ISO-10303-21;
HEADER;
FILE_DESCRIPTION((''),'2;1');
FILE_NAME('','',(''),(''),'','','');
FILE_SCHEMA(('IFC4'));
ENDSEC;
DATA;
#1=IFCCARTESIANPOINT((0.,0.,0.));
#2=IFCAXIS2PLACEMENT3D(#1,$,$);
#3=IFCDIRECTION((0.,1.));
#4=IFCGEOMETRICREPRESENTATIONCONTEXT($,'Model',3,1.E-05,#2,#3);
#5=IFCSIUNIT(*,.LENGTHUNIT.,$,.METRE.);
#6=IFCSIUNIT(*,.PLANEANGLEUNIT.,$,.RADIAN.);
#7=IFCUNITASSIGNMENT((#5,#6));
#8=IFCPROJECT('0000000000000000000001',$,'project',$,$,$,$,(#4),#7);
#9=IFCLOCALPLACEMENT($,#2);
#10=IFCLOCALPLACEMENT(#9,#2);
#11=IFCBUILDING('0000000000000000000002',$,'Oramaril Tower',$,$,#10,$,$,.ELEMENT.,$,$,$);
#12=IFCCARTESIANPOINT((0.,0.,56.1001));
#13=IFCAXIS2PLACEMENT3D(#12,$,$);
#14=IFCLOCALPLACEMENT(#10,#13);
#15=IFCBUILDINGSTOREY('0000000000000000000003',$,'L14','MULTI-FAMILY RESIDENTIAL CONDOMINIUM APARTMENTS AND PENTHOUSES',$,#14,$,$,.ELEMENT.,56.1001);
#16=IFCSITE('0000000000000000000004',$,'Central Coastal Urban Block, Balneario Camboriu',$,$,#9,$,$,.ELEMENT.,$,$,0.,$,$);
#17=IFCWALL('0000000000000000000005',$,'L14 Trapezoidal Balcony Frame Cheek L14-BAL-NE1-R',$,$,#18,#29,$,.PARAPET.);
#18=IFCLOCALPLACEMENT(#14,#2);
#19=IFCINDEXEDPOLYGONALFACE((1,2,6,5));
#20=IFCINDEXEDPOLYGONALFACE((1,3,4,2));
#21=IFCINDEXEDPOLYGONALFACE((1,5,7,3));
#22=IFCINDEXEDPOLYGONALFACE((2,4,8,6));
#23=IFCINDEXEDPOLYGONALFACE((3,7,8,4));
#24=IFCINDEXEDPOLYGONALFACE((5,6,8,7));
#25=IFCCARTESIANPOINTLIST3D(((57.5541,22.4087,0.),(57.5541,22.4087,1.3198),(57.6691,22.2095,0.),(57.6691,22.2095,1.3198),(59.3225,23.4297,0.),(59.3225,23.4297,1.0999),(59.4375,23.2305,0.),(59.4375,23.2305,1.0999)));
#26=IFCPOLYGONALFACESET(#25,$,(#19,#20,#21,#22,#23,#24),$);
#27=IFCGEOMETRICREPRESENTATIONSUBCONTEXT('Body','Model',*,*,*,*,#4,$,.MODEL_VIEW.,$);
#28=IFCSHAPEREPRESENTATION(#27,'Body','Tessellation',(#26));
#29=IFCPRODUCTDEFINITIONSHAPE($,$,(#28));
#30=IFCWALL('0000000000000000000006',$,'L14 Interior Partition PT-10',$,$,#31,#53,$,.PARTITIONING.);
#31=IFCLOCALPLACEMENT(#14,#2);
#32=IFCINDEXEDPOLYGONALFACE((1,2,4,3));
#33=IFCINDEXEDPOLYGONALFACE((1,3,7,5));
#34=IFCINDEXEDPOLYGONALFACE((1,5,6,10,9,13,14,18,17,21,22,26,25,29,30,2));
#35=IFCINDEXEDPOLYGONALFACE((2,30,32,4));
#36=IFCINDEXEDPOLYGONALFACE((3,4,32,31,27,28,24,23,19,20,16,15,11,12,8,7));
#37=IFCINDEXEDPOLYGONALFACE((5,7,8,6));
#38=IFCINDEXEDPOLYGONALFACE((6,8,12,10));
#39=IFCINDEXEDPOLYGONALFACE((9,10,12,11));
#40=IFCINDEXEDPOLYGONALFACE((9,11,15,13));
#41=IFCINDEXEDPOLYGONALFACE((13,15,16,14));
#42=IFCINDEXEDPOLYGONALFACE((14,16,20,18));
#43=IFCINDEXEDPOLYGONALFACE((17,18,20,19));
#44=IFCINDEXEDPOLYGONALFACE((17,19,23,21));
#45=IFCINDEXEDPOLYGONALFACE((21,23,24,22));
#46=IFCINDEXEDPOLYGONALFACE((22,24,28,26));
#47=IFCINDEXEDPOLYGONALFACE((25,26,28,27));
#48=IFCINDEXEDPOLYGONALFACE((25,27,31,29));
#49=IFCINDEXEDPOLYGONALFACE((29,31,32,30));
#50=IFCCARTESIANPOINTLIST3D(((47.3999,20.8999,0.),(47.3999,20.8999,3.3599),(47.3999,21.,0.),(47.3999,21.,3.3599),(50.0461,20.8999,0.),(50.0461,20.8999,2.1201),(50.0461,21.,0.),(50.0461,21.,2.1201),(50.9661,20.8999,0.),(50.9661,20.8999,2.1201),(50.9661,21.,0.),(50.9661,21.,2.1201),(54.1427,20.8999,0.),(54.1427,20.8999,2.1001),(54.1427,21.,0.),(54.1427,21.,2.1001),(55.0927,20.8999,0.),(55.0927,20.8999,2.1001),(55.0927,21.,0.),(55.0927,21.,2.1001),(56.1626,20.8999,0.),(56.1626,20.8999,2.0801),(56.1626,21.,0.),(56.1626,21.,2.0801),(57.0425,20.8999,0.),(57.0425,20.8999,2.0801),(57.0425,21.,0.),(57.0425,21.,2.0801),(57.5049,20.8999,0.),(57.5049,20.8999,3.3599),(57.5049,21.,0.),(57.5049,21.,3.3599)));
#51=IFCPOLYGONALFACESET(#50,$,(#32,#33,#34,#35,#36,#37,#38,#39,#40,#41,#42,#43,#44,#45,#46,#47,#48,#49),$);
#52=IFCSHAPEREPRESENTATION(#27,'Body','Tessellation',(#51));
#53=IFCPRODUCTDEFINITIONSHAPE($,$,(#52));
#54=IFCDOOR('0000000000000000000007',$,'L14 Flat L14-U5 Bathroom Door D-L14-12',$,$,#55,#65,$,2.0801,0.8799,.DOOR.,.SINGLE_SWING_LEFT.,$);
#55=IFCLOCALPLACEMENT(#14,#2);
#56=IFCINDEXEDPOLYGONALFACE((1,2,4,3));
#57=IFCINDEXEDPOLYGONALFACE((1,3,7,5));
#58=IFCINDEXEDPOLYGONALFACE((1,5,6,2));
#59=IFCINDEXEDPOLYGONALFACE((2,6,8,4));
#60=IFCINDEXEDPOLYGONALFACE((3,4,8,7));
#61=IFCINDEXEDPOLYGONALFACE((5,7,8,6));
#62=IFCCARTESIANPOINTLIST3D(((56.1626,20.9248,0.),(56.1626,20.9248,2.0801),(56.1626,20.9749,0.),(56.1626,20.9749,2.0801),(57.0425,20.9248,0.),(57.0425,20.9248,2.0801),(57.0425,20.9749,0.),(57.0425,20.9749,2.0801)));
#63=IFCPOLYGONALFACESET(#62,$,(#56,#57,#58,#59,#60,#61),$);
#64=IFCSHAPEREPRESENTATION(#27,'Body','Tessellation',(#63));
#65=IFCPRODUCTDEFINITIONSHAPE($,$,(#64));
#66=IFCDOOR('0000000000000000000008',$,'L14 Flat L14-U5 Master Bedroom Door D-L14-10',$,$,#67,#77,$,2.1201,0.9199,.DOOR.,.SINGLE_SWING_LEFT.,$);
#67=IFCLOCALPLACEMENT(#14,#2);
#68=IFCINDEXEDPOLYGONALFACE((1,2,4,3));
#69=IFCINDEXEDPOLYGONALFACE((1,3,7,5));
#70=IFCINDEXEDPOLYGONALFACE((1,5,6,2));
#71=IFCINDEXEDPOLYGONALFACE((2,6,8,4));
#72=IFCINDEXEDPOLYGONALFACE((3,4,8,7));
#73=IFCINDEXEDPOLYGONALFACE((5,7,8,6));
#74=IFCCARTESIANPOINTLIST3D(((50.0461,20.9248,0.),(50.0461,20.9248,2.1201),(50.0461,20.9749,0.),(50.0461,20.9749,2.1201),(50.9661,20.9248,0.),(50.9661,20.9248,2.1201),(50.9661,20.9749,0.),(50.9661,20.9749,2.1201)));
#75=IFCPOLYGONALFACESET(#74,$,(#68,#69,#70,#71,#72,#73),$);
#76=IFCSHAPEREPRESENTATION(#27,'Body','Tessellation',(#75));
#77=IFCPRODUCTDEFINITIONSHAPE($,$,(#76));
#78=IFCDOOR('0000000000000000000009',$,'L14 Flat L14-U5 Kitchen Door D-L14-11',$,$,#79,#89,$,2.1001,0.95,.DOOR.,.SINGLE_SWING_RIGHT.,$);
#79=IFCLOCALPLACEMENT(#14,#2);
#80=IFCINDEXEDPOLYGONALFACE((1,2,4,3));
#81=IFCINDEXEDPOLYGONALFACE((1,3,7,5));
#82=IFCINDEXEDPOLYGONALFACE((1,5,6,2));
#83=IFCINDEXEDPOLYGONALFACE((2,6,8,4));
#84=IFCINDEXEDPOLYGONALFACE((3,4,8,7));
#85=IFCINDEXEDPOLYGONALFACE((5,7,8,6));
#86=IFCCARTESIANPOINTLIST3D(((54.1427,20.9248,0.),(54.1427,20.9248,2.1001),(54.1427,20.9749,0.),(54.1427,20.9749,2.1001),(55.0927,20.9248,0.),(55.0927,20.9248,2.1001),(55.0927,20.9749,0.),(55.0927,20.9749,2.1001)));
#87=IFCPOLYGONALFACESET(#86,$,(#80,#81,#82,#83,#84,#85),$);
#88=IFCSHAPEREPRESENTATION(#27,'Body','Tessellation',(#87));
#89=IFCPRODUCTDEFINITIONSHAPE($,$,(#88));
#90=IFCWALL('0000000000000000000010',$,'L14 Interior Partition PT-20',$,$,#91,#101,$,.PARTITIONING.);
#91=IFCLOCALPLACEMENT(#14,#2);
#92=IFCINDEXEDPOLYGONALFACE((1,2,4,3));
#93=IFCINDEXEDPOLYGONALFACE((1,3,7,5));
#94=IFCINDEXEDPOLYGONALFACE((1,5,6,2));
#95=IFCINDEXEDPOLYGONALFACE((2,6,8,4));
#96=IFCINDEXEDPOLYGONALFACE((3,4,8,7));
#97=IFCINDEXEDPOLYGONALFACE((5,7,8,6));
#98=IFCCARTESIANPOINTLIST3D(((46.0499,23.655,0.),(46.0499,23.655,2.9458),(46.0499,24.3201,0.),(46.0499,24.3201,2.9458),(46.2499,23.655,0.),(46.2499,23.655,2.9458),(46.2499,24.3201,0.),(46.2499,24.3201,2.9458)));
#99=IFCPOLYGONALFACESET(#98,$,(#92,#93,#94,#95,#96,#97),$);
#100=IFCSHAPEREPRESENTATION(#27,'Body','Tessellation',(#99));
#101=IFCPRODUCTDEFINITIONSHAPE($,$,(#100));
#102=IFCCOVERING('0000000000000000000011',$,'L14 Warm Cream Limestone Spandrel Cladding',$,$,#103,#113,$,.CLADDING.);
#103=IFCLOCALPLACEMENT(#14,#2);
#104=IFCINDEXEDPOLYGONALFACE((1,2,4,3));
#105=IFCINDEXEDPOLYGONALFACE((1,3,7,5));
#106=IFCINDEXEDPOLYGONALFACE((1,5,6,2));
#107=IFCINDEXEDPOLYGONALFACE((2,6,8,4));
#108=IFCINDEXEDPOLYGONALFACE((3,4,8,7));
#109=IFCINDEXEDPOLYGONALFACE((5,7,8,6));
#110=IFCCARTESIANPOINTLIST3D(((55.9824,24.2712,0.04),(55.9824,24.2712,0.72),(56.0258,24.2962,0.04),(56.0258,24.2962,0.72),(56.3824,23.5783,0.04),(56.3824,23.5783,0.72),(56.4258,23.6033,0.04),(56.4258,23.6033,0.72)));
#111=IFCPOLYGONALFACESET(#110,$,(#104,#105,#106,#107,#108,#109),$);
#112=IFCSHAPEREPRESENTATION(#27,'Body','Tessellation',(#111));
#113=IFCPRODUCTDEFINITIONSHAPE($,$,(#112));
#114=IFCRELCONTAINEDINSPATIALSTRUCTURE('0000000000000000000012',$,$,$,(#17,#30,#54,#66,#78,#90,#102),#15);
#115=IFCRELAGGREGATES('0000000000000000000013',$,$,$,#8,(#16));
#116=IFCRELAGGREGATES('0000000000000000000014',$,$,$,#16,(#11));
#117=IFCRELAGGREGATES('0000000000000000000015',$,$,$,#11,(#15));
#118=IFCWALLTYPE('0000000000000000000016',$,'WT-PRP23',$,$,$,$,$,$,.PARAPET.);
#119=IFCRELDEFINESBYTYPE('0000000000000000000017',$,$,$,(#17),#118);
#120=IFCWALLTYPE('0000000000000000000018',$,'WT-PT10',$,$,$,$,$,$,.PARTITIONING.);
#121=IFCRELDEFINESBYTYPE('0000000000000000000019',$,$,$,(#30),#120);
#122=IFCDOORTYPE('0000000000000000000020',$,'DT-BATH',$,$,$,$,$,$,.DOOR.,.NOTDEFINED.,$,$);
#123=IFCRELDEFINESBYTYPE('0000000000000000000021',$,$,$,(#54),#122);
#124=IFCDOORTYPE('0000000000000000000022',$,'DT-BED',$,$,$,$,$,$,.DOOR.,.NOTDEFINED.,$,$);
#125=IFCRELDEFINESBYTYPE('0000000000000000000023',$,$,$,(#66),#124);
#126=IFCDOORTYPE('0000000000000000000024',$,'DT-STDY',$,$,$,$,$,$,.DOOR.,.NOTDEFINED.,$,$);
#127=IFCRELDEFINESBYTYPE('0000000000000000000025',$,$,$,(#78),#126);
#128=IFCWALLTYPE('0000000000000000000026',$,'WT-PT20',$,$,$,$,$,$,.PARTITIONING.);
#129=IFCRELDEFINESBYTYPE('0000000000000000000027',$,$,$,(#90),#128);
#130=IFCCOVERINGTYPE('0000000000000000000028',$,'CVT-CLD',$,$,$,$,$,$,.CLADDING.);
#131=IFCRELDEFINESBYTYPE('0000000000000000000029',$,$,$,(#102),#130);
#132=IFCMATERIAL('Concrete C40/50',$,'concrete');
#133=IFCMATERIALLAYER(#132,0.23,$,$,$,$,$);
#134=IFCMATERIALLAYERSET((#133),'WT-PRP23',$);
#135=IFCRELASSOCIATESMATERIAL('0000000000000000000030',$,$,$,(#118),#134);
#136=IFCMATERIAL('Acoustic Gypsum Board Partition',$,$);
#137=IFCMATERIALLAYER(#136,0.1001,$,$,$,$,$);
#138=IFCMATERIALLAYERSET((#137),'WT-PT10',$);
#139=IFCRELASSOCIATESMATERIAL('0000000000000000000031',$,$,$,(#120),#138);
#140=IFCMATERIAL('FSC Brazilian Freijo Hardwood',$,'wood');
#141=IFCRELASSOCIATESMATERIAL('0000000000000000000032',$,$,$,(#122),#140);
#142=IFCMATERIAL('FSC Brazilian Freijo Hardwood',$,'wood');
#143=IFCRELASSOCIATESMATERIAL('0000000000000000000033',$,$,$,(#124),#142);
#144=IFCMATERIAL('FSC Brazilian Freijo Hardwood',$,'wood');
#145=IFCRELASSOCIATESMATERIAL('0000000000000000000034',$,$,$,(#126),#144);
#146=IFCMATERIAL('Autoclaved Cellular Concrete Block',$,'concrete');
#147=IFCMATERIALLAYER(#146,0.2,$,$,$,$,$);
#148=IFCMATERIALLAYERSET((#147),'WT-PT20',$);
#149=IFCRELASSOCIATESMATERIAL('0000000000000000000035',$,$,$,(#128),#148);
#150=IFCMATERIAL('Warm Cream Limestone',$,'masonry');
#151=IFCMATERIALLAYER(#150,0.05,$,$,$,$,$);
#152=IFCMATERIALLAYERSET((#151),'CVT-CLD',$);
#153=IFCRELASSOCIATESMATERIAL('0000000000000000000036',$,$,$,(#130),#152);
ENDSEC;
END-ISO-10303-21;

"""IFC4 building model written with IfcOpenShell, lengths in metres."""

from ifc_helpers import new_model, si_unit, direction, frame, frame_2d, origin, origin_2d, place, context, subcontext, project, spatial, polyline, rectangle, outline, extrude, material, layer, layer_set, type_object, element, fill, save


model = new_model("IFC4")

# Units and contexts
model_context = context("Model", 3, precision=1e-05, world=origin(), true_north=direction((0.0, 1.0)))
body_context = subcontext(model_context, "Body", "Model", "MODEL_VIEW")
ifc_project = project(units=[si_unit("LENGTHUNIT", "METRE"), si_unit("PLANEANGLEUNIT", "RADIAN")], contexts=[model_context])

# Site, building, storey
site_placement = place(None, origin())
site = spatial("IfcSite", under=ifc_project, at=site_placement, Name="Central Coastal Urban Block, Balneario Camboriu", CompositionType="ELEMENT", RefElevation=0.0)
building_placement = place(site_placement, origin())
building = spatial("IfcBuilding", under=site, at=building_placement, Name="Oramaril Tower", CompositionType="ELEMENT")
storey_placement = place(building_placement, frame((0.0, 0.0, 56.1001)))
storey = spatial("IfcBuildingStorey", under=building, at=storey_placement, Name="L14", Description="MULTI-FAMILY RESIDENTIAL CONDOMINIUM APARTMENTS AND PENTHOUSES", CompositionType="ELEMENT", Elevation=56.1001)

# Wall
ifc_material_1 = material(Name="Concrete C40/50", Category="concrete")
ifc_layer_1 = layer(ifc_material_1, 0.23)
ifc_layer_set_1 = layer_set([ifc_layer_1], Name="WT-PRP23")
wall_type_1 = type_object("IfcWallType", Name="WT-PRP23", PredefinedType="PARAPET", material=ifc_layer_set_1)
wall_1_placement = place(storey_placement, frame((57.6116, 22.3091, 0.0), z_axis=(0.0, 0.0, 1.0), x_axis=(0.866012, 0.500023, 0.0)))
element("IfcWall", 1, at=wall_1_placement, inside=storey, type_object=wall_type_1, Name="L14 Trapezoidal Balcony Frame Cheek L14-BAL-NE1-R", PredefinedType="PARAPET", context=body_context, shape_type="SweptSolid", body=[
    extrude(outline(polyline([(0.0, 0.0), (2.042, 0.0), (2.042, 1.0999), (0.0, 1.3198), (0.0, 0.0)])), frame((0.0, 0.115, 0.0), z_axis=(0.0, -1.0, 0.0), x_axis=(1.0, 0.0, 0.0)), (0.0, 0.0, 1.0), 0.23),
])

# Wall, openings, doors
ifc_material_2 = material(Name="Acoustic Gypsum Board Partition")
ifc_layer_2 = layer(ifc_material_2, 0.1001)
ifc_layer_set_2 = layer_set([ifc_layer_2], Name="WT-PT10")
wall_type_2 = type_object("IfcWallType", Name="WT-PT10", PredefinedType="PARTITIONING", material=ifc_layer_set_2)
wall_2_placement = place(storey_placement, frame((47.3999, 20.95, 0.0), z_axis=(0.0, 0.0, 1.0), x_axis=(1.0, 0.0, 0.0)))
wall_2 = element("IfcWall", 2, at=wall_2_placement, inside=storey, type_object=wall_type_2, Name="L14 Interior Partition PT-10", PredefinedType="PARTITIONING", context=body_context, shape_type="SweptSolid", body=[
    extrude(rectangle(XDim=10.105, YDim=0.1001, at=frame_2d((5.0525, 0.0))), origin(), (0.0, 0.0, 1.0), 3.3599),
])
opening_1_placement = place(wall_2_placement, frame((2.6462, 0.0, 0.0)))
opening_1 = element("IfcOpeningElement", 3, at=opening_1_placement, cuts=wall_2, PredefinedType="OPENING", context=body_context, shape_type="SweptSolid", body=[
    extrude(rectangle(XDim=0.9199, YDim=2.1201, at=frame_2d((0.46, 1.0601))), frame((0.0, 0.05, 0.0), z_axis=(0.0, -1.0, 0.0), x_axis=(1.0, 0.0, 0.0)), (0.0, 0.0, 1.0), 0.1001),
])
opening_2_placement = place(wall_2_placement, frame((6.7427, 0.0, 0.0)))
opening_2 = element("IfcOpeningElement", 4, at=opening_2_placement, cuts=wall_2, PredefinedType="OPENING", context=body_context, shape_type="SweptSolid", body=[
    extrude(rectangle(XDim=0.95, YDim=2.1001, at=frame_2d((0.4751, 1.05))), frame((0.0, 0.05, 0.0), z_axis=(0.0, -1.0, 0.0), x_axis=(1.0, 0.0, 0.0)), (0.0, 0.0, 1.0), 0.1001),
])
opening_3_placement = place(wall_2_placement, frame((8.7627, 0.0, 0.0)))
opening_3 = element("IfcOpeningElement", 5, at=opening_3_placement, cuts=wall_2, PredefinedType="OPENING", context=body_context, shape_type="SweptSolid", body=[
    extrude(rectangle(XDim=0.8799, YDim=2.0801, at=frame_2d((0.4399, 1.04))), frame((0.0, 0.05, 0.0), z_axis=(0.0, -1.0, 0.0), x_axis=(1.0, 0.0, 0.0)), (0.0, 0.0, 1.0), 0.1001),
])
ifc_material_3 = material(Name="FSC Brazilian Freijo Hardwood", Category="wood")
door_type_1 = type_object("IfcDoorType", Name="DT-BATH", OperationType="NOTDEFINED", PredefinedType="DOOR", material=ifc_material_3)
door_1_placement = place(opening_3_placement, origin())
door_1 = element("IfcDoor", 6, at=door_1_placement, inside=storey, type_object=door_type_1, Name="L14 Flat L14-U5 Bathroom Door D-L14-12", OperationType="SINGLE_SWING_LEFT", OverallHeight=2.0801, OverallWidth=0.8799, PredefinedType="DOOR", context=body_context, shape_type="SweptSolid", body=[
    extrude(rectangle(XDim=0.8799, YDim=2.0801, at=frame_2d((0.4399, 1.04))), frame((0.0, 0.0249, 0.0), z_axis=(0.0, -1.0, 0.0), x_axis=(1.0, 0.0, 0.0)), (0.0, 0.0, 1.0), 0.05),
])
fill(opening_3, door_1)
ifc_material_4 = material(Name="FSC Brazilian Freijo Hardwood", Category="wood")
door_type_2 = type_object("IfcDoorType", Name="DT-BED", OperationType="NOTDEFINED", PredefinedType="DOOR", material=ifc_material_4)
door_2_placement = place(opening_1_placement, origin())
door_2 = element("IfcDoor", 7, at=door_2_placement, inside=storey, type_object=door_type_2, Name="L14 Flat L14-U5 Master Bedroom Door D-L14-10", OperationType="SINGLE_SWING_LEFT", OverallHeight=2.1201, OverallWidth=0.9199, PredefinedType="DOOR", context=body_context, shape_type="SweptSolid", body=[
    extrude(rectangle(XDim=0.9199, YDim=2.1201, at=frame_2d((0.46, 1.0601))), frame((0.0, 0.0249, 0.0), z_axis=(0.0, -1.0, 0.0), x_axis=(1.0, 0.0, 0.0)), (0.0, 0.0, 1.0), 0.05),
])
fill(opening_1, door_2)
ifc_material_5 = material(Name="FSC Brazilian Freijo Hardwood", Category="wood")
door_type_3 = type_object("IfcDoorType", Name="DT-STDY", OperationType="NOTDEFINED", PredefinedType="DOOR", material=ifc_material_5)
door_3_placement = place(opening_2_placement, origin())
door_3 = element("IfcDoor", 8, at=door_3_placement, inside=storey, type_object=door_type_3, Name="L14 Flat L14-U5 Kitchen Door D-L14-11", OperationType="SINGLE_SWING_RIGHT", OverallHeight=2.1001, OverallWidth=0.95, PredefinedType="DOOR", context=body_context, shape_type="SweptSolid", body=[
    extrude(rectangle(XDim=0.95, YDim=2.1001, at=frame_2d((0.4751, 1.05))), frame((0.0, 0.0249, 0.0), z_axis=(0.0, -1.0, 0.0), x_axis=(1.0, 0.0, 0.0)), (0.0, 0.0, 1.0), 0.05),
])
fill(opening_2, door_3)

# Wall
ifc_material_6 = material(Name="Autoclaved Cellular Concrete Block", Category="concrete")
ifc_layer_3 = layer(ifc_material_6, 0.2)
ifc_layer_set_3 = layer_set([ifc_layer_3], Name="WT-PT20")
wall_type_3 = type_object("IfcWallType", Name="WT-PT20", PredefinedType="PARTITIONING", material=ifc_layer_set_3)
wall_3_placement = place(storey_placement, frame((46.1499, 23.655, 0.0), z_axis=(0.0, 0.0, 1.0), x_axis=(0.0, 1.0, 0.0)))
element("IfcWall", 9, at=wall_3_placement, inside=storey, type_object=wall_type_3, Name="L14 Interior Partition PT-20", PredefinedType="PARTITIONING", context=body_context, shape_type="SweptSolid", body=[
    extrude(rectangle(XDim=0.665, YDim=0.2, at=frame_2d((0.3325, 0.0))), origin(), (0.0, 0.0, 1.0), 2.9458),
])

# Covering
ifc_material_7 = material(Name="Warm Cream Limestone", Category="masonry")
ifc_layer_4 = layer(ifc_material_7, 0.05)
ifc_layer_set_4 = layer_set([ifc_layer_4], Name="CVT-CLD")
covering_type = type_object("IfcCoveringType", Name="CVT-CLD", PredefinedType="CLADDING", material=ifc_layer_set_4)
covering_placement = place(storey_placement, frame((56.2041, 23.9373, 0.04), z_axis=(0.0, 0.0, 1.0), x_axis=(-0.499998, 0.866026, 0.0)))
element("IfcCovering", 10, at=covering_placement, inside=storey, type_object=covering_type, Name="L14 Warm Cream Limestone Spandrel Cladding", PredefinedType="CLADDING", context=body_context, shape_type="SweptSolid", body=[
    extrude(rectangle(XDim=0.8, YDim=0.05, at=origin_2d()), origin(), (0.0, 0.0, 1.0), 0.6799),
])

save(model, "model.ifc")
